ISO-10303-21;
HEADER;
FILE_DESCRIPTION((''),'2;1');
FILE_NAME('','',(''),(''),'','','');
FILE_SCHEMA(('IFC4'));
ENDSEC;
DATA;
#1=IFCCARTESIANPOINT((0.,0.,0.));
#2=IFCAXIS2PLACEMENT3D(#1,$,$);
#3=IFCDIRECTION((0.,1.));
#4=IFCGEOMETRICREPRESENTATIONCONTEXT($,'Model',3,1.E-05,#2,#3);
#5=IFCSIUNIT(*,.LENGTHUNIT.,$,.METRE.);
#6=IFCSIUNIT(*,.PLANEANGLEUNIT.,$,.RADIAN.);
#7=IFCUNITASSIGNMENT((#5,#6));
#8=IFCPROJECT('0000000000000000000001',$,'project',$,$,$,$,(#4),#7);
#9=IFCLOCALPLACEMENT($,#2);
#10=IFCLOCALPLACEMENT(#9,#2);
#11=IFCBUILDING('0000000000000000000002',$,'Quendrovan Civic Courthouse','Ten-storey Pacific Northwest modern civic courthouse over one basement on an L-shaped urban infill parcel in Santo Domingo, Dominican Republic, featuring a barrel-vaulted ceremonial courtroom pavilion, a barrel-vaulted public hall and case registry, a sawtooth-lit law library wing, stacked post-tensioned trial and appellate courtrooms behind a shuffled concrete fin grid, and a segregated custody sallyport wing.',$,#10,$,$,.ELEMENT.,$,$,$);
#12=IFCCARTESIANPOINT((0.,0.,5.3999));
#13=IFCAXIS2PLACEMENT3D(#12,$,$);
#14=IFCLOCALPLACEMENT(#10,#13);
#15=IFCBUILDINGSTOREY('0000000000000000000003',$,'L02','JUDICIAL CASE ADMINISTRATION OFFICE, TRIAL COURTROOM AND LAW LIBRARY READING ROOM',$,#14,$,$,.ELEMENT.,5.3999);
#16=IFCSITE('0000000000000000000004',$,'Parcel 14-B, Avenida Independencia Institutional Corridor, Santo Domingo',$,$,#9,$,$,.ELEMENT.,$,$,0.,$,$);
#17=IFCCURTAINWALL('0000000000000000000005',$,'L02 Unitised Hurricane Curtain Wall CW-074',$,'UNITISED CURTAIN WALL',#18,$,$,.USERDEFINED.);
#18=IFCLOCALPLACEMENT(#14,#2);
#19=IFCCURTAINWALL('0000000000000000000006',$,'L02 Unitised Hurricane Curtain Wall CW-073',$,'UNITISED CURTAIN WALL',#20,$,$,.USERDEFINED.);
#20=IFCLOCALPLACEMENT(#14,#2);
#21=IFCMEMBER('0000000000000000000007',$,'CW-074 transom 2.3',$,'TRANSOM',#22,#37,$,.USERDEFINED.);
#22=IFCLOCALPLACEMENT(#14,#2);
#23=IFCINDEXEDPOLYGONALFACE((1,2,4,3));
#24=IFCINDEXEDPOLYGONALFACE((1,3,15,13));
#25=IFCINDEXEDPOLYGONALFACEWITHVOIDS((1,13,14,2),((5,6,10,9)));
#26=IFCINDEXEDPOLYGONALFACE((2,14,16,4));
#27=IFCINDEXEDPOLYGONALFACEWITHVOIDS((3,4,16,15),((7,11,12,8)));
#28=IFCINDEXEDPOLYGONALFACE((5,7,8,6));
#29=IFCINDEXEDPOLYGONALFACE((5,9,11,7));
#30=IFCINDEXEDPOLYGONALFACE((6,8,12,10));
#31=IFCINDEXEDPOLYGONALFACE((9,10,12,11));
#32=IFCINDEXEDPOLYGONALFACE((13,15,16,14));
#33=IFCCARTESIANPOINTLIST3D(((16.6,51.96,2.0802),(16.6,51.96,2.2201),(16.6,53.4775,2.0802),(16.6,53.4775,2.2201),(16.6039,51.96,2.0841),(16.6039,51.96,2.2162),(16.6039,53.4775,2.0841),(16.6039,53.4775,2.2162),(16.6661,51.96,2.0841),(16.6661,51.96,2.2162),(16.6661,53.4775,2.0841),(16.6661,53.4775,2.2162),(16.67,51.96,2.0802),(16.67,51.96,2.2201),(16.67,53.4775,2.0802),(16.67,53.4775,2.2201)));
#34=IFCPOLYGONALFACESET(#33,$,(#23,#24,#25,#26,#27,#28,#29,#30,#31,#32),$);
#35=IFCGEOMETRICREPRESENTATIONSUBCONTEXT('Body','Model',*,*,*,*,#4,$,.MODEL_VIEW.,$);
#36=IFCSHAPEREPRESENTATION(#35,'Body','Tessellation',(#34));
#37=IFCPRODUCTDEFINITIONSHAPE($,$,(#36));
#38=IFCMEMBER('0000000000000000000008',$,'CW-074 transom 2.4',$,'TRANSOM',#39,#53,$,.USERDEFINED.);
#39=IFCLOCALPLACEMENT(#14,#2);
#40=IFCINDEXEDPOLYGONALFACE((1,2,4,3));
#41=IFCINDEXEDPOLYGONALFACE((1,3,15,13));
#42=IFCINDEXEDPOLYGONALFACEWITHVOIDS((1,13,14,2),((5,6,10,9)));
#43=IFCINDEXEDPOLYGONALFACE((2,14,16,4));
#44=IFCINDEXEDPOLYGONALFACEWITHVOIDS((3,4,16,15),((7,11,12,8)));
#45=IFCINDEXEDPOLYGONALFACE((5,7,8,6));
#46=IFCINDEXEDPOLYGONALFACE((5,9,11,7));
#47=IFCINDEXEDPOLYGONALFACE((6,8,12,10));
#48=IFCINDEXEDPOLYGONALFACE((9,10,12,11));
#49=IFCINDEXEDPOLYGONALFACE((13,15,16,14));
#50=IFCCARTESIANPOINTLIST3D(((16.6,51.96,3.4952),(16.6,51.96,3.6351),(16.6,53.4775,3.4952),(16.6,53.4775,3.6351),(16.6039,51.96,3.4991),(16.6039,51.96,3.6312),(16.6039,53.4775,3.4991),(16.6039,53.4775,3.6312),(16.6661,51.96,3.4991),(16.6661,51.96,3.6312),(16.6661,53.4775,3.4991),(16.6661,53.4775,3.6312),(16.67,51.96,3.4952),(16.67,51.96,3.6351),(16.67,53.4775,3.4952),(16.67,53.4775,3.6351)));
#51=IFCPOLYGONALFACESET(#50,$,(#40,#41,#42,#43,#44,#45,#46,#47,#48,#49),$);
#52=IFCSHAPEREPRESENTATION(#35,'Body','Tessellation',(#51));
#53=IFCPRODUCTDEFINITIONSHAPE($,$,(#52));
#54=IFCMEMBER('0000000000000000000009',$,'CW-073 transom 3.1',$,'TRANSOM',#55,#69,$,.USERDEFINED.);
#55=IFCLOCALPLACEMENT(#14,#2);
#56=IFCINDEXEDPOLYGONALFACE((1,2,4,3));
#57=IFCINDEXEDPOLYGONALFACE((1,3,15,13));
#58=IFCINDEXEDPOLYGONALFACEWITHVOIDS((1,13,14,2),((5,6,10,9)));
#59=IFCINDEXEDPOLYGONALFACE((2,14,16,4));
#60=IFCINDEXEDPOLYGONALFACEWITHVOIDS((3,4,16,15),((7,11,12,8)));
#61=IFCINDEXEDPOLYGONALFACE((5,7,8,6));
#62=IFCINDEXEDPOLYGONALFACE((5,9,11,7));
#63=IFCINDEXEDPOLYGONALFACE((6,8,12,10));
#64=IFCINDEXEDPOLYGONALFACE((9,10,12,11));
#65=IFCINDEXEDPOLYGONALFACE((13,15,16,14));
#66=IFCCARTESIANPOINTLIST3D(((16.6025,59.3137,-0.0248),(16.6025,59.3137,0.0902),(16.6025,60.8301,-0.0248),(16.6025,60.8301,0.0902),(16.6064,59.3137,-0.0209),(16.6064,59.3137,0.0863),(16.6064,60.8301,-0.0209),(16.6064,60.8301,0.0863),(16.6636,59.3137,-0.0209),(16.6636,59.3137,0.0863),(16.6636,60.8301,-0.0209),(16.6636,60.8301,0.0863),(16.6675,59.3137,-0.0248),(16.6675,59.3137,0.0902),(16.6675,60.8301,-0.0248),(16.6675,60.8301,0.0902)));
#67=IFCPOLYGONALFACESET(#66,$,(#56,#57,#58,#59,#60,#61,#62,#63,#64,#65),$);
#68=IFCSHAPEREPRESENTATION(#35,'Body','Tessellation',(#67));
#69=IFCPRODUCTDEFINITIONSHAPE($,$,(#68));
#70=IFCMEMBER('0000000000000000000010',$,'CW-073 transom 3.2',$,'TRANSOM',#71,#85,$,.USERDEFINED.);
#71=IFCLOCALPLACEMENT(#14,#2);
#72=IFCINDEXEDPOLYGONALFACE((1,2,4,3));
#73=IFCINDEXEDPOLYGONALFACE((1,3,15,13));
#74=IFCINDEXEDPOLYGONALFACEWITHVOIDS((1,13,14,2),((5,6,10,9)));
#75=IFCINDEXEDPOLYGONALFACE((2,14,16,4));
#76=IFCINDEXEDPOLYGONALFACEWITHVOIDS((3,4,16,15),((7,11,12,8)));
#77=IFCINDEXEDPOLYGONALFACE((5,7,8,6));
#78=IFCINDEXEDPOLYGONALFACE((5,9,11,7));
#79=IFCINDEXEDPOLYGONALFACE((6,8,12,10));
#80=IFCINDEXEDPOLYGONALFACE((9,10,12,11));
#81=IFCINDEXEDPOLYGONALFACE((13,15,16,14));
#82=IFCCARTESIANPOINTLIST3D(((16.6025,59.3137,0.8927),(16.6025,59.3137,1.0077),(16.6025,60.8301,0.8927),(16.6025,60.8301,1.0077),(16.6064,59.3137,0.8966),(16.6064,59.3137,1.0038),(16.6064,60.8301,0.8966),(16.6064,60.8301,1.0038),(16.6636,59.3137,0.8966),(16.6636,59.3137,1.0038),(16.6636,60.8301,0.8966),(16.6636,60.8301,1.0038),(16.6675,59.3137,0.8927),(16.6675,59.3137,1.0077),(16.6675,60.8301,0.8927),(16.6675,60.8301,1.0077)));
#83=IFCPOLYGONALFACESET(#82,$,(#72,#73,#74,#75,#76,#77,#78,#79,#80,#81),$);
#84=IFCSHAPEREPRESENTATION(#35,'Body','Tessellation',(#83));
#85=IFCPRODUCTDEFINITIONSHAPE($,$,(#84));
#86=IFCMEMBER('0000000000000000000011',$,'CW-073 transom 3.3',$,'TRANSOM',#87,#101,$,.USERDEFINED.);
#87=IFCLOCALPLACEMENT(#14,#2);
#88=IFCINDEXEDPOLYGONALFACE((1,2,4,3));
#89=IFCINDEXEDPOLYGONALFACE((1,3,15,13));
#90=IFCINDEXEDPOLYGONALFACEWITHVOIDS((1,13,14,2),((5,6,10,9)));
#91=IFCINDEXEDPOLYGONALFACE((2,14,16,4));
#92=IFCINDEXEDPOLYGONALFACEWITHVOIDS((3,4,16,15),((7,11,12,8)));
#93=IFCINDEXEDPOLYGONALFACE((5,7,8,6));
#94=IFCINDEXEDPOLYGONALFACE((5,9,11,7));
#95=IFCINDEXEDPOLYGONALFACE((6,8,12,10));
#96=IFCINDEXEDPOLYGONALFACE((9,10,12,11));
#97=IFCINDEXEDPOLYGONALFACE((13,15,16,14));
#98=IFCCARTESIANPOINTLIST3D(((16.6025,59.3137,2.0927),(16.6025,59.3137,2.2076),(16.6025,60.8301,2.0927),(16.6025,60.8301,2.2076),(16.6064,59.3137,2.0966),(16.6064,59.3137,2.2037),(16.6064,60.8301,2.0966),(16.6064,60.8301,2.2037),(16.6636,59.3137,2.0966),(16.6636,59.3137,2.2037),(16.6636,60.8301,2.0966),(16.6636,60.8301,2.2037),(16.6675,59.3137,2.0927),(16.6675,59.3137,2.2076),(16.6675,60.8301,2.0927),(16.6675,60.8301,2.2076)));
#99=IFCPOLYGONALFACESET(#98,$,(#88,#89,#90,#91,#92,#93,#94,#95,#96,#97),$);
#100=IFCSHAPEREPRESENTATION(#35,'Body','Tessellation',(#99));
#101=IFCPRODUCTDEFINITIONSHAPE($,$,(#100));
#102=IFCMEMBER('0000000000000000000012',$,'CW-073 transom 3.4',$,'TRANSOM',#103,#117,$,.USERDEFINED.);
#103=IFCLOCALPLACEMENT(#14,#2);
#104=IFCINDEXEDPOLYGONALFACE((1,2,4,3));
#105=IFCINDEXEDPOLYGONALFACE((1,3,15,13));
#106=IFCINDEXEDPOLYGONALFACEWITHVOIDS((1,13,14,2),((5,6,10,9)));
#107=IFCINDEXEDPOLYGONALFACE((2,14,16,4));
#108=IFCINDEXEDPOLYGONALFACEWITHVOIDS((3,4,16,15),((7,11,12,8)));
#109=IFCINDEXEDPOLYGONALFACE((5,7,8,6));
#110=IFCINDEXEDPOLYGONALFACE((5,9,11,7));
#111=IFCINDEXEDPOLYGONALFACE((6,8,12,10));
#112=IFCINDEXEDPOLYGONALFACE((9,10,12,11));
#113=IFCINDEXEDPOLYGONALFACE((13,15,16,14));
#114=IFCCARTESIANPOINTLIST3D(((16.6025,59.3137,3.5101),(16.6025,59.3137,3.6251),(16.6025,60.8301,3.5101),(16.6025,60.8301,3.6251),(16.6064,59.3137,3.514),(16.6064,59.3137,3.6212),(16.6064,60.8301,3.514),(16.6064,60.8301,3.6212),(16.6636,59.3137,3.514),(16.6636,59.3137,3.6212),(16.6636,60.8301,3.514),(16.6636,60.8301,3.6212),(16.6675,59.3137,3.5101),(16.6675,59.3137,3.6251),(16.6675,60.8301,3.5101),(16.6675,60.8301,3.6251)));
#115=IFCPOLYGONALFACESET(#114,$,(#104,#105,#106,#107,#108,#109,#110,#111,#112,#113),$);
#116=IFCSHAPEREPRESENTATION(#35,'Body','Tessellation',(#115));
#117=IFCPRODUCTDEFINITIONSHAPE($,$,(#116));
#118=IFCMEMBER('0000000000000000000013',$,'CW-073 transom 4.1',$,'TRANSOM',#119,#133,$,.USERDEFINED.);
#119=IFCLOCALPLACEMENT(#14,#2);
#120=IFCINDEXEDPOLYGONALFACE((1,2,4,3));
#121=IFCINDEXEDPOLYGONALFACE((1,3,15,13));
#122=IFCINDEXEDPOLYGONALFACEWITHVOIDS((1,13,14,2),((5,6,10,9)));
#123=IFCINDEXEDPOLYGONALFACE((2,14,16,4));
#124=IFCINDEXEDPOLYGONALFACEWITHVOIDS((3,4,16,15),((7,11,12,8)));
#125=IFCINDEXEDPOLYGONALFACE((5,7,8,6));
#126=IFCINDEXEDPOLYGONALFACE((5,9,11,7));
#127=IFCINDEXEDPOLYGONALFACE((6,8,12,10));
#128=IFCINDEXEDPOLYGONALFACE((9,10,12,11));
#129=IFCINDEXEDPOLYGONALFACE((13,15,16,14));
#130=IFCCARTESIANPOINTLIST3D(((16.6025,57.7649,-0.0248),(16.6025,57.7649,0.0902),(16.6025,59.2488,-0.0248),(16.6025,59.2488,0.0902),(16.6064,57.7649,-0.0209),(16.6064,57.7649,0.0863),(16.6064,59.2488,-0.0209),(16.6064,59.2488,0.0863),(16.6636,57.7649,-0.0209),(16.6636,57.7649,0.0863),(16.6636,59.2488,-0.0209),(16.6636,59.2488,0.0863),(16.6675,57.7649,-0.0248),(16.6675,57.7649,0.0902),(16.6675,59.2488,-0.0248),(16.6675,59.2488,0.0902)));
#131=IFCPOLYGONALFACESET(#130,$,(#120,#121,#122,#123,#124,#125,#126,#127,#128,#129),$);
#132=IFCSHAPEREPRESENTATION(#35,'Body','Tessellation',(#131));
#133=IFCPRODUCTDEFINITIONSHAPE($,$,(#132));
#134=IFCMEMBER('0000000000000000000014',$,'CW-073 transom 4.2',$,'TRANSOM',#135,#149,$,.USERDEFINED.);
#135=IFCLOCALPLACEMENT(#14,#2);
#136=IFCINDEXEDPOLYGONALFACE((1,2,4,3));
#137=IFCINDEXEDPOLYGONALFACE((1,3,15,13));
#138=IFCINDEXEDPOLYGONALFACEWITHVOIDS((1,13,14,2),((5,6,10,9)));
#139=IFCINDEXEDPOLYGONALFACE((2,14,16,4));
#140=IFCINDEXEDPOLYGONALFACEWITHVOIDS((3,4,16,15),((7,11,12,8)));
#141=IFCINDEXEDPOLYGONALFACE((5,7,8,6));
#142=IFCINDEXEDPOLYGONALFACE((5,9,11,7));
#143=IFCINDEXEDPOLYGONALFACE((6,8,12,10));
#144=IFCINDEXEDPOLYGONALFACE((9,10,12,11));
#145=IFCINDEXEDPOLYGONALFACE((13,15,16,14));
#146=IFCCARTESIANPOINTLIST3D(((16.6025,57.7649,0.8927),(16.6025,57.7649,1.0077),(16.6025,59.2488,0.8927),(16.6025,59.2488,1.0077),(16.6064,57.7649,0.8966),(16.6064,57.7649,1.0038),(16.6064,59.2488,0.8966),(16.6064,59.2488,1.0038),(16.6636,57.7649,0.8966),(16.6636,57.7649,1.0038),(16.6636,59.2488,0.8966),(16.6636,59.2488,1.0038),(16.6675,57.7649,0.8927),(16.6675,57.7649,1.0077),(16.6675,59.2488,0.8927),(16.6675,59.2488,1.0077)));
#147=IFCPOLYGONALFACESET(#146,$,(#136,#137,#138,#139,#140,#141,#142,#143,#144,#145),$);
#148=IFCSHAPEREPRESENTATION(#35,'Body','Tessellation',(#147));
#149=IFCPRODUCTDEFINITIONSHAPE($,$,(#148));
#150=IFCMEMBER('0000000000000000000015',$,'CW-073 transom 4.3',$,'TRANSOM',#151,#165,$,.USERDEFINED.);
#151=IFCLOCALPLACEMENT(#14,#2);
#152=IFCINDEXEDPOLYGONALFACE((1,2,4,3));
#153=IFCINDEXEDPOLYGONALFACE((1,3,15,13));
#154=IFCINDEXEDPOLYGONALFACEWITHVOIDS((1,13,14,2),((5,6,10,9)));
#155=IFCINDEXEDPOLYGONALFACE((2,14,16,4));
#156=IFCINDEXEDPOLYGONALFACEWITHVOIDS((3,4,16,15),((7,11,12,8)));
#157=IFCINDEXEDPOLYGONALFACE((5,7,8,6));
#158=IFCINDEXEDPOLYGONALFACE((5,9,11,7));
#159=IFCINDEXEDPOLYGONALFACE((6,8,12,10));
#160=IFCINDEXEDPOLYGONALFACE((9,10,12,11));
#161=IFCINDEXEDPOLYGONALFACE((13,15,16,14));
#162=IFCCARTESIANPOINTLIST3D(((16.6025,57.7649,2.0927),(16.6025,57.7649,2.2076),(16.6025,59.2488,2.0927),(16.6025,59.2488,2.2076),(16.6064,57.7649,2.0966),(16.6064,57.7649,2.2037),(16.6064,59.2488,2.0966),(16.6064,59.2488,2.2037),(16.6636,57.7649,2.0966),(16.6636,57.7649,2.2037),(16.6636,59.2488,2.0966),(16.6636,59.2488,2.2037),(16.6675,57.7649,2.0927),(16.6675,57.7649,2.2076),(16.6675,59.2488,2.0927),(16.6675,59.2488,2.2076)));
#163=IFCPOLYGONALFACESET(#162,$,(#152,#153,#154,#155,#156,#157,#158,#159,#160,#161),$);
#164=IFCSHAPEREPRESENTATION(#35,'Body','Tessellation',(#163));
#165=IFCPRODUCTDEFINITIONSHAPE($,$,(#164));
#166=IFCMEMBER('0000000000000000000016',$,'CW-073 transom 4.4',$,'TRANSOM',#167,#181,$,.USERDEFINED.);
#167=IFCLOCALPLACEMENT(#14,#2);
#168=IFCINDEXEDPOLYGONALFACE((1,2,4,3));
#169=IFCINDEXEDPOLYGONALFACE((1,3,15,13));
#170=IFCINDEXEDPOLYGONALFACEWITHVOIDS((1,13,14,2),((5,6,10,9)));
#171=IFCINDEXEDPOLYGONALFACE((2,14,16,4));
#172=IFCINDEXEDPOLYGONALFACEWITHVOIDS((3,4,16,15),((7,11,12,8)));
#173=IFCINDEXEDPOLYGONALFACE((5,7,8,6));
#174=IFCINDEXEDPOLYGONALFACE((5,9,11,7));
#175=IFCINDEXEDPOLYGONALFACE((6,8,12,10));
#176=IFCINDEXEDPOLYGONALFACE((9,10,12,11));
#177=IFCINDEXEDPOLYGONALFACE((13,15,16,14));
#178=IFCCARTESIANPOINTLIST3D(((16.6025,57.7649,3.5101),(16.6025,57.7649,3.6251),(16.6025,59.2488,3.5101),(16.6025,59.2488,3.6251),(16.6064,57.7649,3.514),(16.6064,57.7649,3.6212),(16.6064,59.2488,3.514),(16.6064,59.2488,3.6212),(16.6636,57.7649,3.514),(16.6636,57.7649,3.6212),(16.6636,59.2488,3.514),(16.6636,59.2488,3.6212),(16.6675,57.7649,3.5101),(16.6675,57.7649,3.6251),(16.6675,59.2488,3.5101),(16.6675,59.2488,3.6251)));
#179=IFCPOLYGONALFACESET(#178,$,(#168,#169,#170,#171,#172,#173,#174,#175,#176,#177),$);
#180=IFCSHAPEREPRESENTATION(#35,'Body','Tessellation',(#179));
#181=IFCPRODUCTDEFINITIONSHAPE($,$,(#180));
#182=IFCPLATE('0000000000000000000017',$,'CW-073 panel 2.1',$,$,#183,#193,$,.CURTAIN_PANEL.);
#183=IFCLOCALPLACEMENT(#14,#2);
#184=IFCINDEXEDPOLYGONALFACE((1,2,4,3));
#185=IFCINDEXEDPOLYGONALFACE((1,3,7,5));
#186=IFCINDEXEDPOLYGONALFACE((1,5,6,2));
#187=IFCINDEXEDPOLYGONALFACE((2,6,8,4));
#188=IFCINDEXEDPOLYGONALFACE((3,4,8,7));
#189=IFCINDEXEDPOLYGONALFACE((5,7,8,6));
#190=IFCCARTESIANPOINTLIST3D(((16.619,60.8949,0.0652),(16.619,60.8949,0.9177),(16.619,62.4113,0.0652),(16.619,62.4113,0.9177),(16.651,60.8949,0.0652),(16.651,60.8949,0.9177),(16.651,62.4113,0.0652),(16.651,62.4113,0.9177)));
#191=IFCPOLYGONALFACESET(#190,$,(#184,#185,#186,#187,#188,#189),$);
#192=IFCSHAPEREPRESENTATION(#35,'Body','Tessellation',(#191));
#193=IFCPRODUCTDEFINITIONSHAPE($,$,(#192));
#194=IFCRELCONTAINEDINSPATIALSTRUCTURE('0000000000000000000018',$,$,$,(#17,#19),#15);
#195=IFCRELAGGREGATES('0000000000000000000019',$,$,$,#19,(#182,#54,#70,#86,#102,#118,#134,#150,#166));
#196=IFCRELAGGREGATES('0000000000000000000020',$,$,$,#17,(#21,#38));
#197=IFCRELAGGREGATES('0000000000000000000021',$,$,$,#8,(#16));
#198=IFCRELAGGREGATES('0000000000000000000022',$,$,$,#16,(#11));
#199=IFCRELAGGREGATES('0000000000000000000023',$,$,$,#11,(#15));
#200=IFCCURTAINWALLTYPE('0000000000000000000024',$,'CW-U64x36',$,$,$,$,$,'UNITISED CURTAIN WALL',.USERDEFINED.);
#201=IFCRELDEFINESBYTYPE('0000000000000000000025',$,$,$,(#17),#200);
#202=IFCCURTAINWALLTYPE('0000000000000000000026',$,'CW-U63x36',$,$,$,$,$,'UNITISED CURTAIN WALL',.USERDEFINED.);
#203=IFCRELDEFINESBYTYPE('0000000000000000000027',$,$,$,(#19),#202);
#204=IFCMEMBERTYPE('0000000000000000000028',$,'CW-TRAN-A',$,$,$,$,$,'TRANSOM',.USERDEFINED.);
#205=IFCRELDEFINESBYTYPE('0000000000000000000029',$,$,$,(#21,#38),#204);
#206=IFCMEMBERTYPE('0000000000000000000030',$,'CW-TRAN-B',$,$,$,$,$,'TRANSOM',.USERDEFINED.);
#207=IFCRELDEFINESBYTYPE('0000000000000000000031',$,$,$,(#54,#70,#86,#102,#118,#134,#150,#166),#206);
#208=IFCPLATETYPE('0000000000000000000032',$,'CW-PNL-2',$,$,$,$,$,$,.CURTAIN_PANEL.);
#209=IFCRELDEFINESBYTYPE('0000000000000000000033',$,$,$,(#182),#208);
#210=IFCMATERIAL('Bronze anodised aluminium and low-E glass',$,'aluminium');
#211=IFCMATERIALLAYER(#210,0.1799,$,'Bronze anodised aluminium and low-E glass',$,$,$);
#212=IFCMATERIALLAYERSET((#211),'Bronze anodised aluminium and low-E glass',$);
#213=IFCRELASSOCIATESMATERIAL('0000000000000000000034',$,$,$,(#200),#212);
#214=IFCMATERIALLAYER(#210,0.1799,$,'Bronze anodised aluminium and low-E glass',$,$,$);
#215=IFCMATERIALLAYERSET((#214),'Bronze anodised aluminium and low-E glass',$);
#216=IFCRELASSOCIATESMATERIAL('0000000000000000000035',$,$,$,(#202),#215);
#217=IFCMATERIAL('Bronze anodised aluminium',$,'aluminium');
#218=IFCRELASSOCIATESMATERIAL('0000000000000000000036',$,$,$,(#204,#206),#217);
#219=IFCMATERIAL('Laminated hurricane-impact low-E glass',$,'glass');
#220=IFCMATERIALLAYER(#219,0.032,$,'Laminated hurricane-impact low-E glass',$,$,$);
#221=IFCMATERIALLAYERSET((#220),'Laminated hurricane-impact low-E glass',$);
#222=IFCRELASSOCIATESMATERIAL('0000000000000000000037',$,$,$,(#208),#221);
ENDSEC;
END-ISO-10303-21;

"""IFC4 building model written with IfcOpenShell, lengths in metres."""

from ifc_helpers import new_model, si_unit, direction, frame, origin, origin_2d, place, context, subcontext, project, spatial, rectangle, hollow_rectangle, extrude, material, layer, layer_set, material_profile, profile_set, type_object, element, aggregate, save


model = new_model("IFC4")

# Units and contexts
model_context = context("Model", 3, precision=1e-05, world=origin(), true_north=direction((0.0, 1.0)))
body_context = subcontext(model_context, "Body", "Model", "MODEL_VIEW")
ifc_project = project(units=[si_unit("LENGTHUNIT", "METRE"), si_unit("PLANEANGLEUNIT", "RADIAN")], contexts=[model_context])

# Site, building, storey
site_placement = place(None, origin())
site = spatial("IfcSite", under=ifc_project, at=site_placement, Name="Parcel 14-B, Avenida Independencia Institutional Corridor, Santo Domingo", CompositionType="ELEMENT", RefElevation=0.0)
building_placement = place(site_placement, origin())
building = spatial("IfcBuilding", under=site, at=building_placement, Name="Quendrovan Civic Courthouse", Description="Ten-storey Pacific Northwest modern civic courthouse over one basement on an L-shaped urban infill parcel in Santo Domingo, Dominican Republic, featuring a barrel-vaulted ceremonial courtroom pavilion, a barrel-vaulted public hall and case registry, a sawtooth-lit law library wing, stacked post-tensioned trial and appellate courtrooms behind a shuffled concrete fin grid, and a segregated custody sallyport wing.", CompositionType="ELEMENT")
storey_placement = place(building_placement, frame((0.0, 0.0, 5.3999)))
storey = spatial("IfcBuildingStorey", under=building, at=storey_placement, Name="L02", Description="JUDICIAL CASE ADMINISTRATION OFFICE, TRIAL COURTROOM AND LAW LIBRARY READING ROOM", CompositionType="ELEMENT", Elevation=5.3999)

# Curtain walls
ifc_material_1 = material(Name="Bronze anodised aluminium and low-E glass", Category="aluminium")
ifc_layer_1 = layer(ifc_material_1, 0.1799, Name="Bronze anodised aluminium and low-E glass")
ifc_layer_set_1 = layer_set([ifc_layer_1], Name="Bronze anodised aluminium and low-E glass")
curtain_wall_type_1 = type_object("IfcCurtainWallType", Name="CW-U64x36", ElementType="UNITISED CURTAIN WALL", PredefinedType="USERDEFINED", material=ifc_layer_set_1)
curtain_wall_1_placement = place(storey_placement, origin())
curtain_wall_1 = element("IfcCurtainWall", 1, at=curtain_wall_1_placement, inside=storey, type_object=curtain_wall_type_1, Name="L02 Unitised Hurricane Curtain Wall CW-074", ObjectType="UNITISED CURTAIN WALL", PredefinedType="USERDEFINED")
ifc_material_2 = material(Name="Bronze anodised aluminium", Category="aluminium")
ifc_layer_2 = layer(ifc_material_1, 0.1799, Name="Bronze anodised aluminium and low-E glass")
ifc_layer_set_2 = layer_set([ifc_layer_2], Name="Bronze anodised aluminium and low-E glass")
curtain_wall_type_2 = type_object("IfcCurtainWallType", Name="CW-U63x36", ElementType="UNITISED CURTAIN WALL", PredefinedType="USERDEFINED", material=ifc_layer_set_2)
curtain_wall_2_placement = place(storey_placement, origin())
curtain_wall_2 = element("IfcCurtainWall", 2, at=curtain_wall_2_placement, inside=storey, type_object=curtain_wall_type_2, Name="L02 Unitised Hurricane Curtain Wall CW-073", ObjectType="UNITISED CURTAIN WALL", PredefinedType="USERDEFINED")

# Members
ifc_material_profile_1 = material_profile(ifc_material_2, hollow_rectangle(XDim=0.0701, YDim=0.1399, WallThickness=0.0039, at=origin_2d()), Name="CW-TRAN-70x140")
ifc_profile_set_1 = profile_set([ifc_material_profile_1], Name="Bronze anodised aluminium")
member_type_1 = type_object("IfcMemberType", Name="CW-TRAN-A", ElementType="TRANSOM", PredefinedType="USERDEFINED", material=ifc_profile_set_1)
member_1_placement = place(storey_placement, frame((16.635, 53.4775, 2.1501), z_axis=(0.0, -1.0, 0.0), x_axis=(1.0, 0.0, 0.0)))
member_1 = element("IfcMember", 3, at=member_1_placement, type_object=member_type_1, Name="CW-074 transom 2.3", ObjectType="TRANSOM", PredefinedType="USERDEFINED", context=body_context, shape_type="SweptSolid", body=[
    extrude(hollow_rectangle(XDim=0.0701, YDim=0.1399, WallThickness=0.0039, at=origin_2d()), origin(), (0.0, 0.0, 1.0), 1.5176),
])
member_2_placement = place(storey_placement, frame((16.635, 53.4775, 3.5652), z_axis=(0.0, -1.0, 0.0), x_axis=(1.0, 0.0, 0.0)))
member_2 = element("IfcMember", 4, at=member_2_placement, type_object=member_type_1, Name="CW-074 transom 2.4", ObjectType="TRANSOM", PredefinedType="USERDEFINED", context=body_context, shape_type="SweptSolid", body=[
    extrude(hollow_rectangle(XDim=0.0701, YDim=0.1399, WallThickness=0.0039, at=origin_2d()), origin(), (0.0, 0.0, 1.0), 1.5176),
])
ifc_material_profile_2 = material_profile(ifc_material_2, hollow_rectangle(XDim=0.0649, YDim=0.115, WallThickness=0.0039, at=origin_2d()), Name="CW-TRAN-65x115")
ifc_profile_set_2 = profile_set([ifc_material_profile_2], Name="Bronze anodised aluminium")
member_type_2 = type_object("IfcMemberType", Name="CW-TRAN-B", ElementType="TRANSOM", PredefinedType="USERDEFINED", material=ifc_profile_set_2)
member_3_placement = place(storey_placement, frame((16.635, 60.8301, 0.0327), z_axis=(0.0, -1.0, 0.0), x_axis=(1.0, 0.0, 0.0)))
member_3 = element("IfcMember", 5, at=member_3_placement, type_object=member_type_2, Name="CW-073 transom 3.1", ObjectType="TRANSOM", PredefinedType="USERDEFINED", context=body_context, shape_type="SweptSolid", body=[
    extrude(hollow_rectangle(XDim=0.0649, YDim=0.115, WallThickness=0.0039, at=origin_2d()), origin(), (0.0, 0.0, 1.0), 1.5164),
])
member_4_placement = place(storey_placement, frame((16.635, 60.8301, 0.9502), z_axis=(0.0, -1.0, 0.0), x_axis=(1.0, 0.0, 0.0)))
member_4 = element("IfcMember", 6, at=member_4_placement, type_object=member_type_2, Name="CW-073 transom 3.2", ObjectType="TRANSOM", PredefinedType="USERDEFINED", context=body_context, shape_type="SweptSolid", body=[
    extrude(hollow_rectangle(XDim=0.0649, YDim=0.115, WallThickness=0.0039, at=origin_2d()), origin(), (0.0, 0.0, 1.0), 1.5164),
])
member_5_placement = place(storey_placement, frame((16.635, 60.8301, 2.1501), z_axis=(0.0, -1.0, 0.0), x_axis=(1.0, 0.0, 0.0)))
member_5 = element("IfcMember", 7, at=member_5_placement, type_object=member_type_2, Name="CW-073 transom 3.3", ObjectType="TRANSOM", PredefinedType="USERDEFINED", context=body_context, shape_type="SweptSolid", body=[
    extrude(hollow_rectangle(XDim=0.0649, YDim=0.115, WallThickness=0.0039, at=origin_2d()), origin(), (0.0, 0.0, 1.0), 1.5164),
])
member_6_placement = place(storey_placement, frame((16.635, 60.8301, 3.5676), z_axis=(0.0, -1.0, 0.0), x_axis=(1.0, 0.0, 0.0)))
member_6 = element("IfcMember", 8, at=member_6_placement, type_object=member_type_2, Name="CW-073 transom 3.4", ObjectType="TRANSOM", PredefinedType="USERDEFINED", context=body_context, shape_type="SweptSolid", body=[
    extrude(hollow_rectangle(XDim=0.0649, YDim=0.115, WallThickness=0.0039, at=origin_2d()), origin(), (0.0, 0.0, 1.0), 1.5164),
])
member_7_placement = place(storey_placement, frame((16.635, 59.2488, 0.0327), z_axis=(0.0, -1.0, 0.0), x_axis=(1.0, 0.0, 0.0)))
member_7 = element("IfcMember", 9, at=member_7_placement, type_object=member_type_2, Name="CW-073 transom 4.1", ObjectType="TRANSOM", PredefinedType="USERDEFINED", context=body_context, shape_type="SweptSolid", body=[
    extrude(hollow_rectangle(XDim=0.0649, YDim=0.115, WallThickness=0.0039, at=origin_2d()), origin(), (0.0, 0.0, 1.0), 1.4839),
])
member_8_placement = place(storey_placement, frame((16.635, 59.2488, 0.9502), z_axis=(0.0, -1.0, 0.0), x_axis=(1.0, 0.0, 0.0)))
member_8 = element("IfcMember", 10, at=member_8_placement, type_object=member_type_2, Name="CW-073 transom 4.2", ObjectType="TRANSOM", PredefinedType="USERDEFINED", context=body_context, shape_type="SweptSolid", body=[
    extrude(hollow_rectangle(XDim=0.0649, YDim=0.115, WallThickness=0.0039, at=origin_2d()), origin(), (0.0, 0.0, 1.0), 1.4839),
])
member_9_placement = place(storey_placement, frame((16.635, 59.2488, 2.1501), z_axis=(0.0, -1.0, 0.0), x_axis=(1.0, 0.0, 0.0)))
member_9 = element("IfcMember", 11, at=member_9_placement, type_object=member_type_2, Name="CW-073 transom 4.3", ObjectType="TRANSOM", PredefinedType="USERDEFINED", context=body_context, shape_type="SweptSolid", body=[
    extrude(hollow_rectangle(XDim=0.0649, YDim=0.115, WallThickness=0.0039, at=origin_2d()), origin(), (0.0, 0.0, 1.0), 1.4839),
])
member_10_placement = place(storey_placement, frame((16.635, 59.2488, 3.5676), z_axis=(0.0, -1.0, 0.0), x_axis=(1.0, 0.0, 0.0)))
member_10 = element("IfcMember", 12, at=member_10_placement, type_object=member_type_2, Name="CW-073 transom 4.4", ObjectType="TRANSOM", PredefinedType="USERDEFINED", context=body_context, shape_type="SweptSolid", body=[
    extrude(hollow_rectangle(XDim=0.0649, YDim=0.115, WallThickness=0.0039, at=origin_2d()), origin(), (0.0, 0.0, 1.0), 1.4839),
])

# Plate
ifc_material_3 = material(Name="Laminated hurricane-impact low-E glass", Category="glass")
ifc_layer_3 = layer(ifc_material_3, 0.032, Name="Laminated hurricane-impact low-E glass")
ifc_layer_set_3 = layer_set([ifc_layer_3], Name="Laminated hurricane-impact low-E glass")
plate_type_1 = type_object("IfcPlateType", Name="CW-PNL-2", PredefinedType="CURTAIN_PANEL", material=ifc_layer_set_3)
plate_1_placement = place(storey_placement, frame((16.635, 61.6531, 0.0652), z_axis=(0.0, 0.0, 1.0), x_axis=(0.0, -1.0, 0.0)))
plate_1 = element("IfcPlate", 13, at=plate_1_placement, type_object=plate_type_1, Name="CW-073 panel 2.1", PredefinedType="CURTAIN_PANEL", context=body_context, shape_type="SweptSolid", body=[
    extrude(rectangle(XDim=1.5164, YDim=0.032, at=origin_2d()), origin(), (0.0, 0.0, 1.0), 0.8525),
])
aggregate(curtain_wall_2, [plate_1, member_3, member_4, member_5, member_6, member_7, member_8, member_9, member_10])
aggregate(curtain_wall_1, [member_1, member_2])

save(model, "model.ifc")
